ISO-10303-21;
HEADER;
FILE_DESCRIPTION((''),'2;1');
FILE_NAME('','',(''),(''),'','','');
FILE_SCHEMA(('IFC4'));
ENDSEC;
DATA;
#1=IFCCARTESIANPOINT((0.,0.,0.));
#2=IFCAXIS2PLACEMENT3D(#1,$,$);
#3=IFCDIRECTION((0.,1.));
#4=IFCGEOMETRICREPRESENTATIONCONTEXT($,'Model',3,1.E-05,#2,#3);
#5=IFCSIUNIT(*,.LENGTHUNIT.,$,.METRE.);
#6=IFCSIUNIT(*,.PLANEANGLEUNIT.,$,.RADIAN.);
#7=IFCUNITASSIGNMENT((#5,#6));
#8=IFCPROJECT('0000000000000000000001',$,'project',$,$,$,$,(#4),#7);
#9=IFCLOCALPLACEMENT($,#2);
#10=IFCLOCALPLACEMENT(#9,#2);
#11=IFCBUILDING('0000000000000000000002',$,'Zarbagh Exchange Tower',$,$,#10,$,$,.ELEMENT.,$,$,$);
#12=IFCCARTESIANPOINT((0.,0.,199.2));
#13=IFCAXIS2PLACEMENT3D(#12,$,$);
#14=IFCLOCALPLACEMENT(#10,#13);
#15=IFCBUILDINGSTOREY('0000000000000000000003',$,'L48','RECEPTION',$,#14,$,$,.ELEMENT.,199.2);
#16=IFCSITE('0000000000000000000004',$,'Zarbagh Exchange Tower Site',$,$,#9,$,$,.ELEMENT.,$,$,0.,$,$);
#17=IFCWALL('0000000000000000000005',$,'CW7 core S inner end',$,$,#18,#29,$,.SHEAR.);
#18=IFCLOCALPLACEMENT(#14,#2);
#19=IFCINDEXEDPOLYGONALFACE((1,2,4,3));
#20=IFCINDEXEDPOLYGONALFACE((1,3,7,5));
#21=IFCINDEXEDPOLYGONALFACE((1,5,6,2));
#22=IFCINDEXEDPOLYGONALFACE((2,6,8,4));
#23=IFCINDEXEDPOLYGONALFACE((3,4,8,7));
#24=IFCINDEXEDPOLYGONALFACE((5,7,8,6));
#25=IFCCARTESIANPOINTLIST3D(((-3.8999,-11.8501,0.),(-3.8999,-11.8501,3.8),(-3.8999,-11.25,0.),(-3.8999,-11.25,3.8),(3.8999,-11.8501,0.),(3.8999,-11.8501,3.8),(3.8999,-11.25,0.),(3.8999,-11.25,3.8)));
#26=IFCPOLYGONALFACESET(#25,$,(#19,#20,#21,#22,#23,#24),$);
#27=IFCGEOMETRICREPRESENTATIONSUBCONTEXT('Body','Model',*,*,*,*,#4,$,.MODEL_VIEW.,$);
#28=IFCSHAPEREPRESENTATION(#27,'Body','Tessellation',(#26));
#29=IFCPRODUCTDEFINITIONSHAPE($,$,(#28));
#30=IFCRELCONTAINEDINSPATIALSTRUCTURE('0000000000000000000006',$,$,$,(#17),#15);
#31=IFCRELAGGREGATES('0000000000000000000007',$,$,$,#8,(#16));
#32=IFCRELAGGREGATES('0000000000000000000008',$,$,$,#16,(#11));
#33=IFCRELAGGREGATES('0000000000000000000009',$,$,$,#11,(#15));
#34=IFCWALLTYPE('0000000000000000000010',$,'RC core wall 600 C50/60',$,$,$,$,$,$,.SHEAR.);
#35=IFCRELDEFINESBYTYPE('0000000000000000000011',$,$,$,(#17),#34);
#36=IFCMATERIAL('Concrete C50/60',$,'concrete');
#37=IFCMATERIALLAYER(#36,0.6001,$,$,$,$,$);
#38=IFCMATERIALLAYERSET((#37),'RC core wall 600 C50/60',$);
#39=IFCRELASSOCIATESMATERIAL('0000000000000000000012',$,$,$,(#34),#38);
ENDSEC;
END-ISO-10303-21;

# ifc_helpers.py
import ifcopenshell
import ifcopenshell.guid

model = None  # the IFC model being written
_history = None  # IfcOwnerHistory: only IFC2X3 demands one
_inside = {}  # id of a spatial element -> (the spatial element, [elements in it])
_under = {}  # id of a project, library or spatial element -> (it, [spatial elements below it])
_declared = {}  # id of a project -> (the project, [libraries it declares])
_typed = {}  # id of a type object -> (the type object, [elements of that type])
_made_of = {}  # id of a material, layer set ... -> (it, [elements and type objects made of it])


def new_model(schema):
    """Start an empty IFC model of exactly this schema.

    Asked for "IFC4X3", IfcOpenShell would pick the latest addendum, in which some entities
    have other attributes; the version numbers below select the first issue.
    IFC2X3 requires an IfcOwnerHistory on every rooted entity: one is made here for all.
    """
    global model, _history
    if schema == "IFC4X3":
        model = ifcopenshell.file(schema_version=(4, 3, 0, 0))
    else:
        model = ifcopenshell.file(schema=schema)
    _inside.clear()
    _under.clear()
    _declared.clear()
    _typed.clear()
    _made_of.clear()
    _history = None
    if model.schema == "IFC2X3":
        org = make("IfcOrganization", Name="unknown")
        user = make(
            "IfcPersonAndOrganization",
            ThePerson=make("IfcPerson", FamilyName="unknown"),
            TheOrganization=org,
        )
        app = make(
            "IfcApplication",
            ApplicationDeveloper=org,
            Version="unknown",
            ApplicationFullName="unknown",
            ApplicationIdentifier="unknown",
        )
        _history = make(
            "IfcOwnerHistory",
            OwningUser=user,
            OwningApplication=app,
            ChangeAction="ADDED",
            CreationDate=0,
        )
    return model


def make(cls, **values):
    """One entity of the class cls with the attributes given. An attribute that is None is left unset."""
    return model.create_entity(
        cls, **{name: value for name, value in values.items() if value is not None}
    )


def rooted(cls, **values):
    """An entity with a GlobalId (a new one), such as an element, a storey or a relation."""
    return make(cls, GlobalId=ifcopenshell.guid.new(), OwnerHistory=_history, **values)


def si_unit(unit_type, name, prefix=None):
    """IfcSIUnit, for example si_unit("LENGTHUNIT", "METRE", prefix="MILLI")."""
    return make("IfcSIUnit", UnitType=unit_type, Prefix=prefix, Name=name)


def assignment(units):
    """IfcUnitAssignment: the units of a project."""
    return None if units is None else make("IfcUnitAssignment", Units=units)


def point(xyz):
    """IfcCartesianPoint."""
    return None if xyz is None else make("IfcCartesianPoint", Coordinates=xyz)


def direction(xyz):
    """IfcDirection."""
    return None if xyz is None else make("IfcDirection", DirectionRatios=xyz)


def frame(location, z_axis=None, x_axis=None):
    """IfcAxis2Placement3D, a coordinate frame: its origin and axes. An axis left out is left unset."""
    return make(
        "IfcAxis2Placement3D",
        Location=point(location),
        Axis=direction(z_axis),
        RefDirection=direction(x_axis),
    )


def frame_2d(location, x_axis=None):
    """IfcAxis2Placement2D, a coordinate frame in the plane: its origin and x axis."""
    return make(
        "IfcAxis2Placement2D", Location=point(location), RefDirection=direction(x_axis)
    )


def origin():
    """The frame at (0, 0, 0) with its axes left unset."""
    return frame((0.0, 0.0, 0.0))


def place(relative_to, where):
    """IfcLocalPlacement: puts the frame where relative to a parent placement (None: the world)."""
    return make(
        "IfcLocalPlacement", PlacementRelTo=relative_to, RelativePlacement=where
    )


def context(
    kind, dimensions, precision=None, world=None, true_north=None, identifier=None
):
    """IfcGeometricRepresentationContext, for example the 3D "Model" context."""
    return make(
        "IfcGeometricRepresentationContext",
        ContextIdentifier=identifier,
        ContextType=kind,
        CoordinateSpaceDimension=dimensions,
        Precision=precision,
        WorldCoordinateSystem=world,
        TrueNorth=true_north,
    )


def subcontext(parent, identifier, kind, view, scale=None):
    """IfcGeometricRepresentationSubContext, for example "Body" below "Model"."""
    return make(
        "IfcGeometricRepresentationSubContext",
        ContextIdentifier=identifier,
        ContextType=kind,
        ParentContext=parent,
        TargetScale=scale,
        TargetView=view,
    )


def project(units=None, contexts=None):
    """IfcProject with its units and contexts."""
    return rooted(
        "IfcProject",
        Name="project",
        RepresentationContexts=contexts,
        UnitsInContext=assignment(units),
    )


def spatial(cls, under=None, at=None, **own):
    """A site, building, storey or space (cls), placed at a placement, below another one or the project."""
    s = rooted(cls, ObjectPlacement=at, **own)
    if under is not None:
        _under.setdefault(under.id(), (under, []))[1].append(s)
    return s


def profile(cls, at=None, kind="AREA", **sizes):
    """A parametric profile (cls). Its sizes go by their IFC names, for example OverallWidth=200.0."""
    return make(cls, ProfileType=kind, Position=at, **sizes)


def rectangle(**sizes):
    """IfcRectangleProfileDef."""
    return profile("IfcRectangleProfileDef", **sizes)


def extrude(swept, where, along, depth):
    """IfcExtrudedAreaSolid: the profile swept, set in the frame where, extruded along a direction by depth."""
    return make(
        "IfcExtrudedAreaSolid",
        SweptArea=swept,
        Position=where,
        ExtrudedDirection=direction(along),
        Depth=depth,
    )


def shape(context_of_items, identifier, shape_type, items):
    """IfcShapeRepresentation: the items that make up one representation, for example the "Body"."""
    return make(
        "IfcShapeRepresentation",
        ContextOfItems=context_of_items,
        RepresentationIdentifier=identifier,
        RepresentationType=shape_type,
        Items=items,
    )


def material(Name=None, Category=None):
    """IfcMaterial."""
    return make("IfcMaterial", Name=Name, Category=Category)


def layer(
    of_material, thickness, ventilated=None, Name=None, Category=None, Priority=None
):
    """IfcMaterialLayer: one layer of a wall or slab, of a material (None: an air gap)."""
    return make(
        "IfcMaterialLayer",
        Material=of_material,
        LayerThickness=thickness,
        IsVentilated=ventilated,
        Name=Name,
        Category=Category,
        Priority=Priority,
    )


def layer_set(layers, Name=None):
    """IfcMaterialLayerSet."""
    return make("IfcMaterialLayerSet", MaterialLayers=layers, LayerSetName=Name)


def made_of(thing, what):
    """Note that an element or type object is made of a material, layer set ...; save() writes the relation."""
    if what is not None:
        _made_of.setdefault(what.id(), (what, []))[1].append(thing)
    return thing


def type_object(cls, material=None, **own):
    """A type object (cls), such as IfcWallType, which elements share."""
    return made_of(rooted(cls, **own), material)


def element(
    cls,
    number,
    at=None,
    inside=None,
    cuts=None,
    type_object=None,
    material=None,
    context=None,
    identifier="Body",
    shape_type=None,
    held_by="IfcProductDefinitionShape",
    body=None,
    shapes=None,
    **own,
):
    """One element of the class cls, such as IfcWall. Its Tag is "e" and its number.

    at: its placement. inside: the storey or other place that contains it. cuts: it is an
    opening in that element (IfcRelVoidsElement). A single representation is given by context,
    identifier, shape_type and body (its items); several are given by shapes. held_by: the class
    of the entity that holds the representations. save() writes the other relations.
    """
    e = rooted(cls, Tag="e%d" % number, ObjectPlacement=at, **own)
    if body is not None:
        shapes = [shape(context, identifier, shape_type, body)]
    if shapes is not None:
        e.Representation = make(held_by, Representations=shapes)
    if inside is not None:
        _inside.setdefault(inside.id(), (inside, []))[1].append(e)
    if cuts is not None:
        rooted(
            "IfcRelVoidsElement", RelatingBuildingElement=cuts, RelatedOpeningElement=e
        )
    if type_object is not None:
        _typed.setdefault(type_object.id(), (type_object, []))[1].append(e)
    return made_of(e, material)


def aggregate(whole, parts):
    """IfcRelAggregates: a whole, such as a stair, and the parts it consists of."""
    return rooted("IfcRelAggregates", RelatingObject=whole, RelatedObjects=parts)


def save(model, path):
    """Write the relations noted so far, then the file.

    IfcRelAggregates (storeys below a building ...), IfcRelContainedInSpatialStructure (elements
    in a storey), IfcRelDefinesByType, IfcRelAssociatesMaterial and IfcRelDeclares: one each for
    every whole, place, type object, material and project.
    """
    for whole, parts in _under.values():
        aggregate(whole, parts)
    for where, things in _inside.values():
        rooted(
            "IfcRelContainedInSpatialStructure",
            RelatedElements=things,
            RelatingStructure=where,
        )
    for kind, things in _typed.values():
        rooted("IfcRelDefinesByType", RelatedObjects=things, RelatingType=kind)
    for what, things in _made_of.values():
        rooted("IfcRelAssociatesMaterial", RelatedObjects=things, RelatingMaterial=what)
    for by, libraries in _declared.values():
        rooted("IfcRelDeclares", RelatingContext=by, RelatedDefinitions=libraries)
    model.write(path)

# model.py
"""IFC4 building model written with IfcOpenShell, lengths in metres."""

from ifc_helpers import new_model, si_unit, direction, frame, frame_2d, origin, place, context, subcontext, project, spatial, rectangle, extrude, material, layer, layer_set, type_object, element, save


model = new_model("IFC4")

# Units and contexts
model_context = context("Model", 3, precision=1e-05, world=origin(), true_north=direction((0.0, 1.0)))
body_context = subcontext(model_context, "Body", "Model", "MODEL_VIEW")
ifc_project = project(units=[si_unit("LENGTHUNIT", "METRE"), si_unit("PLANEANGLEUNIT", "RADIAN")], contexts=[model_context])

# Site, building, storey
site_placement = place(None, origin())
site = spatial("IfcSite", under=ifc_project, at=site_placement, Name="Zarbagh Exchange Tower Site", CompositionType="ELEMENT", RefElevation=0.0)
building_placement = place(site_placement, origin())
building = spatial("IfcBuilding", under=site, at=building_placement, Name="Zarbagh Exchange Tower", CompositionType="ELEMENT")
storey_placement = place(building_placement, frame((0.0, 0.0, 199.2)))
storey = spatial("IfcBuildingStorey", under=building, at=storey_placement, Name="L48", Description="RECEPTION", CompositionType="ELEMENT", Elevation=199.2)

# Shared definitions
ifc_material_1 = material(Name="Concrete C50/60", Category="concrete")

# Shared definitions
ifc_layer_1 = layer(ifc_material_1, 0.6001)
ifc_layer_set_1 = layer_set([ifc_layer_1], Name="RC core wall 600 C50/60")
wall_type_1 = type_object("IfcWallType", Name="RC core wall 600 C50/60", PredefinedType="SHEAR", material=ifc_layer_set_1)

# Wall
wall_1_placement = place(storey_placement, frame((-3.8999, -11.55, 0.0), z_axis=(0.0, 0.0, 1.0), x_axis=(1.0, 0.0, 0.0)))
element("IfcWall", 1, at=wall_1_placement, inside=storey, type_object=wall_type_1, Name="CW7 core S inner end", PredefinedType="SHEAR", context=body_context, shape_type="SweptSolid", body=[
    extrude(rectangle(XDim=7.7998, YDim=0.6001, at=frame_2d((3.8999, 0.0))), origin(), (0.0, 0.0, 1.0), 3.8),
])

save(model, "model.ifc")
